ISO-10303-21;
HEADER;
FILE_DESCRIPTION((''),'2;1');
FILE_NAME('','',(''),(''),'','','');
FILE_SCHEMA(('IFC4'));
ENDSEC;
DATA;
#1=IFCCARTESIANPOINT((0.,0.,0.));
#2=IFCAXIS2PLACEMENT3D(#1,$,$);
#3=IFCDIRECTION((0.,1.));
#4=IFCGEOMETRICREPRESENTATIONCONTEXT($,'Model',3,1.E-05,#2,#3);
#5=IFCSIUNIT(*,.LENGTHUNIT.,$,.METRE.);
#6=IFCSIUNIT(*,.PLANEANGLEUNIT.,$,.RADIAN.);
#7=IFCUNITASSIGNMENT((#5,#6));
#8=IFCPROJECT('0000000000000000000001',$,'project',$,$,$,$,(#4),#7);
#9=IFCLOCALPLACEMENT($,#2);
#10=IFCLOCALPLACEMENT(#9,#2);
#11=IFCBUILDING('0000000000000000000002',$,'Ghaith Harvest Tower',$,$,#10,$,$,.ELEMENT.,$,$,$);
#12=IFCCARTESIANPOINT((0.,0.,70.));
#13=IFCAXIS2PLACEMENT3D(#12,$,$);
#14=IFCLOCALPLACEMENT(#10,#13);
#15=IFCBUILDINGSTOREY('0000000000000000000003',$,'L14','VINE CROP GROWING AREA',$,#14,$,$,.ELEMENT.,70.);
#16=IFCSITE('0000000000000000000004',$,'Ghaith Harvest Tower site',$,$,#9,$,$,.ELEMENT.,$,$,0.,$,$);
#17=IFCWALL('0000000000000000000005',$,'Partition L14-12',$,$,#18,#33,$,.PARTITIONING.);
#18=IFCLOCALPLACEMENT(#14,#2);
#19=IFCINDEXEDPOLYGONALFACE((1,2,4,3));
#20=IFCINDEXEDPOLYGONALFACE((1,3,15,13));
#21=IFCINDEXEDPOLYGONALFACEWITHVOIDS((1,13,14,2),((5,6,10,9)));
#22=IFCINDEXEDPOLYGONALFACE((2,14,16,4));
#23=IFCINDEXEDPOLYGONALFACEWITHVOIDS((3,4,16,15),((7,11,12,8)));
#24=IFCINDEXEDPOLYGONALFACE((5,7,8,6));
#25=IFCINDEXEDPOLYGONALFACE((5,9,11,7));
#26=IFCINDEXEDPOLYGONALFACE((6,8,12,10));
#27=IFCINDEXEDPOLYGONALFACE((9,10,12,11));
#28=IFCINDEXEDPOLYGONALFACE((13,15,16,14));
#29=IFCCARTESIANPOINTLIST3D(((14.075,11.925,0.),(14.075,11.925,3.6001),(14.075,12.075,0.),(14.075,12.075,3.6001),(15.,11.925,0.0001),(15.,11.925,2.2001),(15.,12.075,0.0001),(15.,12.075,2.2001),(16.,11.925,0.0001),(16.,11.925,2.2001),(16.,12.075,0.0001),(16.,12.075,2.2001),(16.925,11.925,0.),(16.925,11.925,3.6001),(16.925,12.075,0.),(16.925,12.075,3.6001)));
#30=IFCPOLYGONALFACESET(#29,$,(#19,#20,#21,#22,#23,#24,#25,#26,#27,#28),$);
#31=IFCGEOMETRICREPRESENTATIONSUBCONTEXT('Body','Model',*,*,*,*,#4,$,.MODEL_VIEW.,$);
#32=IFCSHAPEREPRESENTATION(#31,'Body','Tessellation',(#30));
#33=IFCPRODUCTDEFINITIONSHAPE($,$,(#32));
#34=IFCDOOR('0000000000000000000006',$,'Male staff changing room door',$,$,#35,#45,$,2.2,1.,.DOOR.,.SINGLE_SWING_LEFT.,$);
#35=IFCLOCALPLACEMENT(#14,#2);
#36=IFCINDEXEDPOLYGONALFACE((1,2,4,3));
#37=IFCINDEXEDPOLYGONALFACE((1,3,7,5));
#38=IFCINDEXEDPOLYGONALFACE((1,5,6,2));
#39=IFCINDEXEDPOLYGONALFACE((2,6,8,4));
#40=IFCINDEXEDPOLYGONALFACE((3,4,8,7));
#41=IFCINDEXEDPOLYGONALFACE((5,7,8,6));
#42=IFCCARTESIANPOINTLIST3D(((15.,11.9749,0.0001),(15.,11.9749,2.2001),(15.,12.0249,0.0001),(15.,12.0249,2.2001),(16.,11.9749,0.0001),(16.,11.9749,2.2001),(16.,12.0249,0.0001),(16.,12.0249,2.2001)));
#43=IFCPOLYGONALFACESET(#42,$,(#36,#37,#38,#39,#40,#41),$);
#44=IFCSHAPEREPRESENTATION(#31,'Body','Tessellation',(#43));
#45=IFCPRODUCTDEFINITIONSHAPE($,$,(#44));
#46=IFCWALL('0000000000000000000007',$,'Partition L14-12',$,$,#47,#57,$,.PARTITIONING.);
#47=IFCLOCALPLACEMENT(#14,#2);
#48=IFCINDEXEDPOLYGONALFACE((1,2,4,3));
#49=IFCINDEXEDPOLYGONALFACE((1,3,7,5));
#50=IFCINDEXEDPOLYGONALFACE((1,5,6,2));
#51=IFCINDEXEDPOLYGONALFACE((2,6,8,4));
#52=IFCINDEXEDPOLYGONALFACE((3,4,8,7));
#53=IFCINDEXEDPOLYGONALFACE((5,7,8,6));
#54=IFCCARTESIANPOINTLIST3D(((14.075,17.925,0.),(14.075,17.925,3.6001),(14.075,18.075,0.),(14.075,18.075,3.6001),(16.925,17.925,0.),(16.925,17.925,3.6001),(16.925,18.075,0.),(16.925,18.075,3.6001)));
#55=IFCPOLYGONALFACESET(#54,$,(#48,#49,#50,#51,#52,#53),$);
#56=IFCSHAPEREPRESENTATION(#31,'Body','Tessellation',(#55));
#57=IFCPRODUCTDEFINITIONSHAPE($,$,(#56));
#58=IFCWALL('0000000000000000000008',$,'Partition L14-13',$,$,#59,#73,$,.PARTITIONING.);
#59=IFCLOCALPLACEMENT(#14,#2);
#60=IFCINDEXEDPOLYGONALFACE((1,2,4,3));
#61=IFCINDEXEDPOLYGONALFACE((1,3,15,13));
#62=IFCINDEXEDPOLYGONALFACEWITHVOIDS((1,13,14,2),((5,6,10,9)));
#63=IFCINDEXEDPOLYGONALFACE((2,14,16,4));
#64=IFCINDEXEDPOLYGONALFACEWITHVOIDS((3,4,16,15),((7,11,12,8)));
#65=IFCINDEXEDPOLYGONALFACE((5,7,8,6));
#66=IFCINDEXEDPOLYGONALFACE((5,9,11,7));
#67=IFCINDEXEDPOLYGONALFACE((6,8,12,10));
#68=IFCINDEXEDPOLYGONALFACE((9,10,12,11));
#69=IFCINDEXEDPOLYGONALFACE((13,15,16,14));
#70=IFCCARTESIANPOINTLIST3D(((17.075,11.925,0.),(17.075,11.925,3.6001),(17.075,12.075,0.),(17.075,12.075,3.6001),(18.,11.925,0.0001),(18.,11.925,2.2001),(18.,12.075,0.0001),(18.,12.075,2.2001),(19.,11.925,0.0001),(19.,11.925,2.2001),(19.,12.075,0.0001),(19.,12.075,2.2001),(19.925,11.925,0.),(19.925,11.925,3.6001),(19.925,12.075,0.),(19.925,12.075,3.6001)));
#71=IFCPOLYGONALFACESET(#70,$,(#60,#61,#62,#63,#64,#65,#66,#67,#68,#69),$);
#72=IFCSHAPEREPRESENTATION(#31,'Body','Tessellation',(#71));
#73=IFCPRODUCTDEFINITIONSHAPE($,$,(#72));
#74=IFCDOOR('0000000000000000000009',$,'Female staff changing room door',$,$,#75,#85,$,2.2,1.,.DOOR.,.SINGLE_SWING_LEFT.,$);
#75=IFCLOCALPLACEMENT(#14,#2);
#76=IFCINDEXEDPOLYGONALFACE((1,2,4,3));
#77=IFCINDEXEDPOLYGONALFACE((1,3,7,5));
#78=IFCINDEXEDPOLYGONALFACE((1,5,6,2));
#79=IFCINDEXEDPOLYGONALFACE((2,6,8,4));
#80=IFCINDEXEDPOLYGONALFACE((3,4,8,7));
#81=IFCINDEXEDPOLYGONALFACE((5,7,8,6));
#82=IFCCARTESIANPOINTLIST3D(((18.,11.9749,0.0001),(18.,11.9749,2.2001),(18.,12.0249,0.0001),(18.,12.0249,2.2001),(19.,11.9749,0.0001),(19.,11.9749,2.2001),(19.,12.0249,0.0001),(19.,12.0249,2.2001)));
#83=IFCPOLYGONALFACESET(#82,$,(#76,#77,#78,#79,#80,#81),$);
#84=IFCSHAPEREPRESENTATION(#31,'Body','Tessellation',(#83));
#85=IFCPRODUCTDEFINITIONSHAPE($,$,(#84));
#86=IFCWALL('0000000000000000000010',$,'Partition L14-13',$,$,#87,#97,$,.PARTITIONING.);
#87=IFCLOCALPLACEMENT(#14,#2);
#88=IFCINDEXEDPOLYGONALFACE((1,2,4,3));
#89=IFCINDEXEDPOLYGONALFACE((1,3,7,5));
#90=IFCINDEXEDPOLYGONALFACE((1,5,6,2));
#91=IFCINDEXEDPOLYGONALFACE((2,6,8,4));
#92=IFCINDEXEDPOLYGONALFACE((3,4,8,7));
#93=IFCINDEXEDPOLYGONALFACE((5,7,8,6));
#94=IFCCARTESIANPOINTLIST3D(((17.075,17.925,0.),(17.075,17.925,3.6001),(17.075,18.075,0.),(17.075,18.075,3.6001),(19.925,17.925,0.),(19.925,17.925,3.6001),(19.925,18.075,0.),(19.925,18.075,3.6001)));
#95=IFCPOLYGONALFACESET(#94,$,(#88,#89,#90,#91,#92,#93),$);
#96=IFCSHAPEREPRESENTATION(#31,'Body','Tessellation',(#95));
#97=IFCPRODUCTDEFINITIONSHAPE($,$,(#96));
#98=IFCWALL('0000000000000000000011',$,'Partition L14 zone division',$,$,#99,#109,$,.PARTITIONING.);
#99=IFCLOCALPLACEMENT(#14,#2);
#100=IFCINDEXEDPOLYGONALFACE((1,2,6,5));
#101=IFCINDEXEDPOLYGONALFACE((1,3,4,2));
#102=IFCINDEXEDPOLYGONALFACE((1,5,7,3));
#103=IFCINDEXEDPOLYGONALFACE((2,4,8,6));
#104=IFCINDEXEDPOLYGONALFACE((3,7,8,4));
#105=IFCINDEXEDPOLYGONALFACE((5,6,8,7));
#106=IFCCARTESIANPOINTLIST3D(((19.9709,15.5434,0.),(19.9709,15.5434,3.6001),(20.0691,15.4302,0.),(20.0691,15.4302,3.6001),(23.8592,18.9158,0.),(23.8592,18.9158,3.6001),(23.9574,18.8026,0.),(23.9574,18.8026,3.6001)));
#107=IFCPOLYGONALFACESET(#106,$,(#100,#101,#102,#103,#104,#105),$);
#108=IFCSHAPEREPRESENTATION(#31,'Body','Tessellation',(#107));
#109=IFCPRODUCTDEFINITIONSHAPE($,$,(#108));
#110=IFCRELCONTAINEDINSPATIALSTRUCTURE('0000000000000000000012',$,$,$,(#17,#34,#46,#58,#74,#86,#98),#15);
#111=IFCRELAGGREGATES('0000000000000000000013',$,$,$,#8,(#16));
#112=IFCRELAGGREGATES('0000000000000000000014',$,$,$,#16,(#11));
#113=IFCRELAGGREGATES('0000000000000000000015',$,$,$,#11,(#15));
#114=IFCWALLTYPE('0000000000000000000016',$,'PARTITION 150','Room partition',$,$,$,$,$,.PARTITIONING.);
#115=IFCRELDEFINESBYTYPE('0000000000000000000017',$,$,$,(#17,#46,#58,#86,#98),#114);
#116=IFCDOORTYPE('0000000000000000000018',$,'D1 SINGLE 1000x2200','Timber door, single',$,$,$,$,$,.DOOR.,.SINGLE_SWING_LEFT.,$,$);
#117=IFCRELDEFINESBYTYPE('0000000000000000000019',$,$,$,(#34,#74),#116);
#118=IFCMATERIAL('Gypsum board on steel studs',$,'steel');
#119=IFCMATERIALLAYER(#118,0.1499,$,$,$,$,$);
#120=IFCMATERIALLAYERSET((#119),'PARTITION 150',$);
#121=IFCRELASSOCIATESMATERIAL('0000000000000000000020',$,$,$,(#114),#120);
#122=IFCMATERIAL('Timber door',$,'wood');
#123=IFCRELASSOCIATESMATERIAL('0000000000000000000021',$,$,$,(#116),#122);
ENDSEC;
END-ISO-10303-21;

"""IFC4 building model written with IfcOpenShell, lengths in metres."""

from ifc_helpers import new_model, si_unit, direction, frame, frame_2d, origin, place, context, subcontext, project, spatial, rectangle, extrude, material, layer, layer_set, type_object, element, fill, save


model = new_model("IFC4")

# Units and contexts
model_context = context("Model", 3, precision=1e-05, world=origin(), true_north=direction((0.0, 1.0)))
body_context = subcontext(model_context, "Body", "Model", "MODEL_VIEW")
ifc_project = project(units=[si_unit("LENGTHUNIT", "METRE"), si_unit("PLANEANGLEUNIT", "RADIAN")], contexts=[model_context])

# Site, building, storey
site_placement = place(None, origin())
site = spatial("IfcSite", under=ifc_project, at=site_placement, Name="Ghaith Harvest Tower site", CompositionType="ELEMENT", RefElevation=0.0)
building_placement = place(site_placement, origin())
building = spatial("IfcBuilding", under=site, at=building_placement, Name="Ghaith Harvest Tower", CompositionType="ELEMENT")
storey_placement = place(building_placement, frame((0.0, 0.0, 70.0)))
storey = spatial("IfcBuildingStorey", under=building, at=storey_placement, Name="L14", Description="VINE CROP GROWING AREA", CompositionType="ELEMENT", Elevation=70.0)

# Shared definitions
ifc_material_1 = material(Name="Gypsum board on steel studs", Category="steel")
ifc_layer_1 = layer(ifc_material_1, 0.1499)
ifc_layer_set_1 = layer_set([ifc_layer_1], Name="PARTITION 150")
wall_type = type_object("IfcWallType", Name="PARTITION 150", Description="Room partition", PredefinedType="PARTITIONING", material=ifc_layer_set_1)

# Wall, opening, door
wall_1_placement = place(storey_placement, frame((14.075, 12.0, 0.0), z_axis=(0.0, 0.0, 1.0), x_axis=(1.0, 0.0, 0.0)))
wall_1 = element("IfcWall", 1, at=wall_1_placement, inside=storey, type_object=wall_type, Name="Partition L14-12", PredefinedType="PARTITIONING", context=body_context, shape_type="SweptSolid", body=[
    extrude(rectangle(XDim=2.8501, YDim=0.1499, at=frame_2d((1.425, 0.0))), origin(), (0.0, 0.0, 1.0), 3.6001),
])
opening_1_placement = place(wall_1_placement, frame((0.925, 0.0, 0.0)))
opening_1 = element("IfcOpeningElement", 2, at=opening_1_placement, cuts=wall_1, PredefinedType="OPENING", context=body_context, shape_type="SweptSolid", body=[
    extrude(rectangle(XDim=1.0, YDim=2.2, at=frame_2d((0.5, 1.1001))), frame((0.0, 0.085, 0.0), z_axis=(0.0, -1.0, 0.0), x_axis=(1.0, 0.0, 0.0)), (0.0, 0.0, 1.0), 0.1699),
])
ifc_material_2 = material(Name="Timber door", Category="wood")
door_type = type_object("IfcDoorType", Name="D1 SINGLE 1000x2200", Description="Timber door, single", OperationType="SINGLE_SWING_LEFT", PredefinedType="DOOR", material=ifc_material_2)
door_1_placement = place(opening_1_placement, origin())
door_1 = element("IfcDoor", 3, at=door_1_placement, inside=storey, type_object=door_type, Name="Male staff changing room door", OperationType="SINGLE_SWING_LEFT", OverallHeight=2.2, OverallWidth=1.0, PredefinedType="DOOR", context=body_context, shape_type="SweptSolid", body=[
    extrude(rectangle(XDim=1.0, YDim=2.2, at=frame_2d((0.5, 1.1001))), frame((0.0, 0.0249, 0.0), z_axis=(0.0, -1.0, 0.0), x_axis=(1.0, 0.0, 0.0)), (0.0, 0.0, 1.0), 0.05),
])
fill(opening_1, door_1)

# Wall
wall_2_placement = place(storey_placement, frame((14.075, 18.0, 0.0), z_axis=(0.0, 0.0, 1.0), x_axis=(1.0, 0.0, 0.0)))
element("IfcWall", 4, at=wall_2_placement, inside=storey, type_object=wall_type, Name="Partition L14-12", PredefinedType="PARTITIONING", context=body_context, shape_type="SweptSolid", body=[
    extrude(rectangle(XDim=2.8501, YDim=0.1499, at=frame_2d((1.425, 0.0))), origin(), (0.0, 0.0, 1.0), 3.6001),
])

# Wall, opening, door
wall_3_placement = place(storey_placement, frame((17.075, 12.0, 0.0), z_axis=(0.0, 0.0, 1.0), x_axis=(1.0, 0.0, 0.0)))
wall_3 = element("IfcWall", 5, at=wall_3_placement, inside=storey, type_object=wall_type, Name="Partition L14-13", PredefinedType="PARTITIONING", context=body_context, shape_type="SweptSolid", body=[
    extrude(rectangle(XDim=2.8501, YDim=0.1499, at=frame_2d((1.425, 0.0))), origin(), (0.0, 0.0, 1.0), 3.6001),
])
opening_2_placement = place(wall_3_placement, frame((0.925, 0.0, 0.0)))
opening_2 = element("IfcOpeningElement", 6, at=opening_2_placement, cuts=wall_3, PredefinedType="OPENING", context=body_context, shape_type="SweptSolid", body=[
    extrude(rectangle(XDim=1.0, YDim=2.2, at=frame_2d((0.5, 1.1001))), frame((0.0, 0.085, 0.0), z_axis=(0.0, -1.0, 0.0), x_axis=(1.0, 0.0, 0.0)), (0.0, 0.0, 1.0), 0.1699),
])
door_2_placement = place(opening_2_placement, origin())
door_2 = element("IfcDoor", 7, at=door_2_placement, inside=storey, type_object=door_type, Name="Female staff changing room door", OperationType="SINGLE_SWING_LEFT", OverallHeight=2.2, OverallWidth=1.0, PredefinedType="DOOR", context=body_context, shape_type="SweptSolid", body=[
    extrude(rectangle(XDim=1.0, YDim=2.2, at=frame_2d((0.5, 1.1001))), frame((0.0, 0.0249, 0.0), z_axis=(0.0, -1.0, 0.0), x_axis=(1.0, 0.0, 0.0)), (0.0, 0.0, 1.0), 0.05),
])
fill(opening_2, door_2)

# Walls
wall_4_placement = place(storey_placement, frame((17.075, 18.0, 0.0), z_axis=(0.0, 0.0, 1.0), x_axis=(1.0, 0.0, 0.0)))
element("IfcWall", 8, at=wall_4_placement, inside=storey, type_object=wall_type, Name="Partition L14-13", PredefinedType="PARTITIONING", context=body_context, shape_type="SweptSolid", body=[
    extrude(rectangle(XDim=2.8501, YDim=0.1499, at=frame_2d((1.425, 0.0))), origin(), (0.0, 0.0, 1.0), 3.6001),
])
wall_5_placement = place(storey_placement, frame((20.02, 15.4868, 0.0), z_axis=(0.0, 0.0, 1.0), x_axis=(0.755443, 0.655214, 0.0)))
element("IfcWall", 9, at=wall_5_placement, inside=storey, type_object=wall_type, Name="Partition L14 zone division", PredefinedType="PARTITIONING", context=body_context, shape_type="SweptSolid", body=[
    extrude(rectangle(XDim=5.147, YDim=0.1499, at=frame_2d((2.5735, 0.0))), origin(), (0.0, 0.0, 1.0), 3.6001),
])

save(model, "model.ifc")
